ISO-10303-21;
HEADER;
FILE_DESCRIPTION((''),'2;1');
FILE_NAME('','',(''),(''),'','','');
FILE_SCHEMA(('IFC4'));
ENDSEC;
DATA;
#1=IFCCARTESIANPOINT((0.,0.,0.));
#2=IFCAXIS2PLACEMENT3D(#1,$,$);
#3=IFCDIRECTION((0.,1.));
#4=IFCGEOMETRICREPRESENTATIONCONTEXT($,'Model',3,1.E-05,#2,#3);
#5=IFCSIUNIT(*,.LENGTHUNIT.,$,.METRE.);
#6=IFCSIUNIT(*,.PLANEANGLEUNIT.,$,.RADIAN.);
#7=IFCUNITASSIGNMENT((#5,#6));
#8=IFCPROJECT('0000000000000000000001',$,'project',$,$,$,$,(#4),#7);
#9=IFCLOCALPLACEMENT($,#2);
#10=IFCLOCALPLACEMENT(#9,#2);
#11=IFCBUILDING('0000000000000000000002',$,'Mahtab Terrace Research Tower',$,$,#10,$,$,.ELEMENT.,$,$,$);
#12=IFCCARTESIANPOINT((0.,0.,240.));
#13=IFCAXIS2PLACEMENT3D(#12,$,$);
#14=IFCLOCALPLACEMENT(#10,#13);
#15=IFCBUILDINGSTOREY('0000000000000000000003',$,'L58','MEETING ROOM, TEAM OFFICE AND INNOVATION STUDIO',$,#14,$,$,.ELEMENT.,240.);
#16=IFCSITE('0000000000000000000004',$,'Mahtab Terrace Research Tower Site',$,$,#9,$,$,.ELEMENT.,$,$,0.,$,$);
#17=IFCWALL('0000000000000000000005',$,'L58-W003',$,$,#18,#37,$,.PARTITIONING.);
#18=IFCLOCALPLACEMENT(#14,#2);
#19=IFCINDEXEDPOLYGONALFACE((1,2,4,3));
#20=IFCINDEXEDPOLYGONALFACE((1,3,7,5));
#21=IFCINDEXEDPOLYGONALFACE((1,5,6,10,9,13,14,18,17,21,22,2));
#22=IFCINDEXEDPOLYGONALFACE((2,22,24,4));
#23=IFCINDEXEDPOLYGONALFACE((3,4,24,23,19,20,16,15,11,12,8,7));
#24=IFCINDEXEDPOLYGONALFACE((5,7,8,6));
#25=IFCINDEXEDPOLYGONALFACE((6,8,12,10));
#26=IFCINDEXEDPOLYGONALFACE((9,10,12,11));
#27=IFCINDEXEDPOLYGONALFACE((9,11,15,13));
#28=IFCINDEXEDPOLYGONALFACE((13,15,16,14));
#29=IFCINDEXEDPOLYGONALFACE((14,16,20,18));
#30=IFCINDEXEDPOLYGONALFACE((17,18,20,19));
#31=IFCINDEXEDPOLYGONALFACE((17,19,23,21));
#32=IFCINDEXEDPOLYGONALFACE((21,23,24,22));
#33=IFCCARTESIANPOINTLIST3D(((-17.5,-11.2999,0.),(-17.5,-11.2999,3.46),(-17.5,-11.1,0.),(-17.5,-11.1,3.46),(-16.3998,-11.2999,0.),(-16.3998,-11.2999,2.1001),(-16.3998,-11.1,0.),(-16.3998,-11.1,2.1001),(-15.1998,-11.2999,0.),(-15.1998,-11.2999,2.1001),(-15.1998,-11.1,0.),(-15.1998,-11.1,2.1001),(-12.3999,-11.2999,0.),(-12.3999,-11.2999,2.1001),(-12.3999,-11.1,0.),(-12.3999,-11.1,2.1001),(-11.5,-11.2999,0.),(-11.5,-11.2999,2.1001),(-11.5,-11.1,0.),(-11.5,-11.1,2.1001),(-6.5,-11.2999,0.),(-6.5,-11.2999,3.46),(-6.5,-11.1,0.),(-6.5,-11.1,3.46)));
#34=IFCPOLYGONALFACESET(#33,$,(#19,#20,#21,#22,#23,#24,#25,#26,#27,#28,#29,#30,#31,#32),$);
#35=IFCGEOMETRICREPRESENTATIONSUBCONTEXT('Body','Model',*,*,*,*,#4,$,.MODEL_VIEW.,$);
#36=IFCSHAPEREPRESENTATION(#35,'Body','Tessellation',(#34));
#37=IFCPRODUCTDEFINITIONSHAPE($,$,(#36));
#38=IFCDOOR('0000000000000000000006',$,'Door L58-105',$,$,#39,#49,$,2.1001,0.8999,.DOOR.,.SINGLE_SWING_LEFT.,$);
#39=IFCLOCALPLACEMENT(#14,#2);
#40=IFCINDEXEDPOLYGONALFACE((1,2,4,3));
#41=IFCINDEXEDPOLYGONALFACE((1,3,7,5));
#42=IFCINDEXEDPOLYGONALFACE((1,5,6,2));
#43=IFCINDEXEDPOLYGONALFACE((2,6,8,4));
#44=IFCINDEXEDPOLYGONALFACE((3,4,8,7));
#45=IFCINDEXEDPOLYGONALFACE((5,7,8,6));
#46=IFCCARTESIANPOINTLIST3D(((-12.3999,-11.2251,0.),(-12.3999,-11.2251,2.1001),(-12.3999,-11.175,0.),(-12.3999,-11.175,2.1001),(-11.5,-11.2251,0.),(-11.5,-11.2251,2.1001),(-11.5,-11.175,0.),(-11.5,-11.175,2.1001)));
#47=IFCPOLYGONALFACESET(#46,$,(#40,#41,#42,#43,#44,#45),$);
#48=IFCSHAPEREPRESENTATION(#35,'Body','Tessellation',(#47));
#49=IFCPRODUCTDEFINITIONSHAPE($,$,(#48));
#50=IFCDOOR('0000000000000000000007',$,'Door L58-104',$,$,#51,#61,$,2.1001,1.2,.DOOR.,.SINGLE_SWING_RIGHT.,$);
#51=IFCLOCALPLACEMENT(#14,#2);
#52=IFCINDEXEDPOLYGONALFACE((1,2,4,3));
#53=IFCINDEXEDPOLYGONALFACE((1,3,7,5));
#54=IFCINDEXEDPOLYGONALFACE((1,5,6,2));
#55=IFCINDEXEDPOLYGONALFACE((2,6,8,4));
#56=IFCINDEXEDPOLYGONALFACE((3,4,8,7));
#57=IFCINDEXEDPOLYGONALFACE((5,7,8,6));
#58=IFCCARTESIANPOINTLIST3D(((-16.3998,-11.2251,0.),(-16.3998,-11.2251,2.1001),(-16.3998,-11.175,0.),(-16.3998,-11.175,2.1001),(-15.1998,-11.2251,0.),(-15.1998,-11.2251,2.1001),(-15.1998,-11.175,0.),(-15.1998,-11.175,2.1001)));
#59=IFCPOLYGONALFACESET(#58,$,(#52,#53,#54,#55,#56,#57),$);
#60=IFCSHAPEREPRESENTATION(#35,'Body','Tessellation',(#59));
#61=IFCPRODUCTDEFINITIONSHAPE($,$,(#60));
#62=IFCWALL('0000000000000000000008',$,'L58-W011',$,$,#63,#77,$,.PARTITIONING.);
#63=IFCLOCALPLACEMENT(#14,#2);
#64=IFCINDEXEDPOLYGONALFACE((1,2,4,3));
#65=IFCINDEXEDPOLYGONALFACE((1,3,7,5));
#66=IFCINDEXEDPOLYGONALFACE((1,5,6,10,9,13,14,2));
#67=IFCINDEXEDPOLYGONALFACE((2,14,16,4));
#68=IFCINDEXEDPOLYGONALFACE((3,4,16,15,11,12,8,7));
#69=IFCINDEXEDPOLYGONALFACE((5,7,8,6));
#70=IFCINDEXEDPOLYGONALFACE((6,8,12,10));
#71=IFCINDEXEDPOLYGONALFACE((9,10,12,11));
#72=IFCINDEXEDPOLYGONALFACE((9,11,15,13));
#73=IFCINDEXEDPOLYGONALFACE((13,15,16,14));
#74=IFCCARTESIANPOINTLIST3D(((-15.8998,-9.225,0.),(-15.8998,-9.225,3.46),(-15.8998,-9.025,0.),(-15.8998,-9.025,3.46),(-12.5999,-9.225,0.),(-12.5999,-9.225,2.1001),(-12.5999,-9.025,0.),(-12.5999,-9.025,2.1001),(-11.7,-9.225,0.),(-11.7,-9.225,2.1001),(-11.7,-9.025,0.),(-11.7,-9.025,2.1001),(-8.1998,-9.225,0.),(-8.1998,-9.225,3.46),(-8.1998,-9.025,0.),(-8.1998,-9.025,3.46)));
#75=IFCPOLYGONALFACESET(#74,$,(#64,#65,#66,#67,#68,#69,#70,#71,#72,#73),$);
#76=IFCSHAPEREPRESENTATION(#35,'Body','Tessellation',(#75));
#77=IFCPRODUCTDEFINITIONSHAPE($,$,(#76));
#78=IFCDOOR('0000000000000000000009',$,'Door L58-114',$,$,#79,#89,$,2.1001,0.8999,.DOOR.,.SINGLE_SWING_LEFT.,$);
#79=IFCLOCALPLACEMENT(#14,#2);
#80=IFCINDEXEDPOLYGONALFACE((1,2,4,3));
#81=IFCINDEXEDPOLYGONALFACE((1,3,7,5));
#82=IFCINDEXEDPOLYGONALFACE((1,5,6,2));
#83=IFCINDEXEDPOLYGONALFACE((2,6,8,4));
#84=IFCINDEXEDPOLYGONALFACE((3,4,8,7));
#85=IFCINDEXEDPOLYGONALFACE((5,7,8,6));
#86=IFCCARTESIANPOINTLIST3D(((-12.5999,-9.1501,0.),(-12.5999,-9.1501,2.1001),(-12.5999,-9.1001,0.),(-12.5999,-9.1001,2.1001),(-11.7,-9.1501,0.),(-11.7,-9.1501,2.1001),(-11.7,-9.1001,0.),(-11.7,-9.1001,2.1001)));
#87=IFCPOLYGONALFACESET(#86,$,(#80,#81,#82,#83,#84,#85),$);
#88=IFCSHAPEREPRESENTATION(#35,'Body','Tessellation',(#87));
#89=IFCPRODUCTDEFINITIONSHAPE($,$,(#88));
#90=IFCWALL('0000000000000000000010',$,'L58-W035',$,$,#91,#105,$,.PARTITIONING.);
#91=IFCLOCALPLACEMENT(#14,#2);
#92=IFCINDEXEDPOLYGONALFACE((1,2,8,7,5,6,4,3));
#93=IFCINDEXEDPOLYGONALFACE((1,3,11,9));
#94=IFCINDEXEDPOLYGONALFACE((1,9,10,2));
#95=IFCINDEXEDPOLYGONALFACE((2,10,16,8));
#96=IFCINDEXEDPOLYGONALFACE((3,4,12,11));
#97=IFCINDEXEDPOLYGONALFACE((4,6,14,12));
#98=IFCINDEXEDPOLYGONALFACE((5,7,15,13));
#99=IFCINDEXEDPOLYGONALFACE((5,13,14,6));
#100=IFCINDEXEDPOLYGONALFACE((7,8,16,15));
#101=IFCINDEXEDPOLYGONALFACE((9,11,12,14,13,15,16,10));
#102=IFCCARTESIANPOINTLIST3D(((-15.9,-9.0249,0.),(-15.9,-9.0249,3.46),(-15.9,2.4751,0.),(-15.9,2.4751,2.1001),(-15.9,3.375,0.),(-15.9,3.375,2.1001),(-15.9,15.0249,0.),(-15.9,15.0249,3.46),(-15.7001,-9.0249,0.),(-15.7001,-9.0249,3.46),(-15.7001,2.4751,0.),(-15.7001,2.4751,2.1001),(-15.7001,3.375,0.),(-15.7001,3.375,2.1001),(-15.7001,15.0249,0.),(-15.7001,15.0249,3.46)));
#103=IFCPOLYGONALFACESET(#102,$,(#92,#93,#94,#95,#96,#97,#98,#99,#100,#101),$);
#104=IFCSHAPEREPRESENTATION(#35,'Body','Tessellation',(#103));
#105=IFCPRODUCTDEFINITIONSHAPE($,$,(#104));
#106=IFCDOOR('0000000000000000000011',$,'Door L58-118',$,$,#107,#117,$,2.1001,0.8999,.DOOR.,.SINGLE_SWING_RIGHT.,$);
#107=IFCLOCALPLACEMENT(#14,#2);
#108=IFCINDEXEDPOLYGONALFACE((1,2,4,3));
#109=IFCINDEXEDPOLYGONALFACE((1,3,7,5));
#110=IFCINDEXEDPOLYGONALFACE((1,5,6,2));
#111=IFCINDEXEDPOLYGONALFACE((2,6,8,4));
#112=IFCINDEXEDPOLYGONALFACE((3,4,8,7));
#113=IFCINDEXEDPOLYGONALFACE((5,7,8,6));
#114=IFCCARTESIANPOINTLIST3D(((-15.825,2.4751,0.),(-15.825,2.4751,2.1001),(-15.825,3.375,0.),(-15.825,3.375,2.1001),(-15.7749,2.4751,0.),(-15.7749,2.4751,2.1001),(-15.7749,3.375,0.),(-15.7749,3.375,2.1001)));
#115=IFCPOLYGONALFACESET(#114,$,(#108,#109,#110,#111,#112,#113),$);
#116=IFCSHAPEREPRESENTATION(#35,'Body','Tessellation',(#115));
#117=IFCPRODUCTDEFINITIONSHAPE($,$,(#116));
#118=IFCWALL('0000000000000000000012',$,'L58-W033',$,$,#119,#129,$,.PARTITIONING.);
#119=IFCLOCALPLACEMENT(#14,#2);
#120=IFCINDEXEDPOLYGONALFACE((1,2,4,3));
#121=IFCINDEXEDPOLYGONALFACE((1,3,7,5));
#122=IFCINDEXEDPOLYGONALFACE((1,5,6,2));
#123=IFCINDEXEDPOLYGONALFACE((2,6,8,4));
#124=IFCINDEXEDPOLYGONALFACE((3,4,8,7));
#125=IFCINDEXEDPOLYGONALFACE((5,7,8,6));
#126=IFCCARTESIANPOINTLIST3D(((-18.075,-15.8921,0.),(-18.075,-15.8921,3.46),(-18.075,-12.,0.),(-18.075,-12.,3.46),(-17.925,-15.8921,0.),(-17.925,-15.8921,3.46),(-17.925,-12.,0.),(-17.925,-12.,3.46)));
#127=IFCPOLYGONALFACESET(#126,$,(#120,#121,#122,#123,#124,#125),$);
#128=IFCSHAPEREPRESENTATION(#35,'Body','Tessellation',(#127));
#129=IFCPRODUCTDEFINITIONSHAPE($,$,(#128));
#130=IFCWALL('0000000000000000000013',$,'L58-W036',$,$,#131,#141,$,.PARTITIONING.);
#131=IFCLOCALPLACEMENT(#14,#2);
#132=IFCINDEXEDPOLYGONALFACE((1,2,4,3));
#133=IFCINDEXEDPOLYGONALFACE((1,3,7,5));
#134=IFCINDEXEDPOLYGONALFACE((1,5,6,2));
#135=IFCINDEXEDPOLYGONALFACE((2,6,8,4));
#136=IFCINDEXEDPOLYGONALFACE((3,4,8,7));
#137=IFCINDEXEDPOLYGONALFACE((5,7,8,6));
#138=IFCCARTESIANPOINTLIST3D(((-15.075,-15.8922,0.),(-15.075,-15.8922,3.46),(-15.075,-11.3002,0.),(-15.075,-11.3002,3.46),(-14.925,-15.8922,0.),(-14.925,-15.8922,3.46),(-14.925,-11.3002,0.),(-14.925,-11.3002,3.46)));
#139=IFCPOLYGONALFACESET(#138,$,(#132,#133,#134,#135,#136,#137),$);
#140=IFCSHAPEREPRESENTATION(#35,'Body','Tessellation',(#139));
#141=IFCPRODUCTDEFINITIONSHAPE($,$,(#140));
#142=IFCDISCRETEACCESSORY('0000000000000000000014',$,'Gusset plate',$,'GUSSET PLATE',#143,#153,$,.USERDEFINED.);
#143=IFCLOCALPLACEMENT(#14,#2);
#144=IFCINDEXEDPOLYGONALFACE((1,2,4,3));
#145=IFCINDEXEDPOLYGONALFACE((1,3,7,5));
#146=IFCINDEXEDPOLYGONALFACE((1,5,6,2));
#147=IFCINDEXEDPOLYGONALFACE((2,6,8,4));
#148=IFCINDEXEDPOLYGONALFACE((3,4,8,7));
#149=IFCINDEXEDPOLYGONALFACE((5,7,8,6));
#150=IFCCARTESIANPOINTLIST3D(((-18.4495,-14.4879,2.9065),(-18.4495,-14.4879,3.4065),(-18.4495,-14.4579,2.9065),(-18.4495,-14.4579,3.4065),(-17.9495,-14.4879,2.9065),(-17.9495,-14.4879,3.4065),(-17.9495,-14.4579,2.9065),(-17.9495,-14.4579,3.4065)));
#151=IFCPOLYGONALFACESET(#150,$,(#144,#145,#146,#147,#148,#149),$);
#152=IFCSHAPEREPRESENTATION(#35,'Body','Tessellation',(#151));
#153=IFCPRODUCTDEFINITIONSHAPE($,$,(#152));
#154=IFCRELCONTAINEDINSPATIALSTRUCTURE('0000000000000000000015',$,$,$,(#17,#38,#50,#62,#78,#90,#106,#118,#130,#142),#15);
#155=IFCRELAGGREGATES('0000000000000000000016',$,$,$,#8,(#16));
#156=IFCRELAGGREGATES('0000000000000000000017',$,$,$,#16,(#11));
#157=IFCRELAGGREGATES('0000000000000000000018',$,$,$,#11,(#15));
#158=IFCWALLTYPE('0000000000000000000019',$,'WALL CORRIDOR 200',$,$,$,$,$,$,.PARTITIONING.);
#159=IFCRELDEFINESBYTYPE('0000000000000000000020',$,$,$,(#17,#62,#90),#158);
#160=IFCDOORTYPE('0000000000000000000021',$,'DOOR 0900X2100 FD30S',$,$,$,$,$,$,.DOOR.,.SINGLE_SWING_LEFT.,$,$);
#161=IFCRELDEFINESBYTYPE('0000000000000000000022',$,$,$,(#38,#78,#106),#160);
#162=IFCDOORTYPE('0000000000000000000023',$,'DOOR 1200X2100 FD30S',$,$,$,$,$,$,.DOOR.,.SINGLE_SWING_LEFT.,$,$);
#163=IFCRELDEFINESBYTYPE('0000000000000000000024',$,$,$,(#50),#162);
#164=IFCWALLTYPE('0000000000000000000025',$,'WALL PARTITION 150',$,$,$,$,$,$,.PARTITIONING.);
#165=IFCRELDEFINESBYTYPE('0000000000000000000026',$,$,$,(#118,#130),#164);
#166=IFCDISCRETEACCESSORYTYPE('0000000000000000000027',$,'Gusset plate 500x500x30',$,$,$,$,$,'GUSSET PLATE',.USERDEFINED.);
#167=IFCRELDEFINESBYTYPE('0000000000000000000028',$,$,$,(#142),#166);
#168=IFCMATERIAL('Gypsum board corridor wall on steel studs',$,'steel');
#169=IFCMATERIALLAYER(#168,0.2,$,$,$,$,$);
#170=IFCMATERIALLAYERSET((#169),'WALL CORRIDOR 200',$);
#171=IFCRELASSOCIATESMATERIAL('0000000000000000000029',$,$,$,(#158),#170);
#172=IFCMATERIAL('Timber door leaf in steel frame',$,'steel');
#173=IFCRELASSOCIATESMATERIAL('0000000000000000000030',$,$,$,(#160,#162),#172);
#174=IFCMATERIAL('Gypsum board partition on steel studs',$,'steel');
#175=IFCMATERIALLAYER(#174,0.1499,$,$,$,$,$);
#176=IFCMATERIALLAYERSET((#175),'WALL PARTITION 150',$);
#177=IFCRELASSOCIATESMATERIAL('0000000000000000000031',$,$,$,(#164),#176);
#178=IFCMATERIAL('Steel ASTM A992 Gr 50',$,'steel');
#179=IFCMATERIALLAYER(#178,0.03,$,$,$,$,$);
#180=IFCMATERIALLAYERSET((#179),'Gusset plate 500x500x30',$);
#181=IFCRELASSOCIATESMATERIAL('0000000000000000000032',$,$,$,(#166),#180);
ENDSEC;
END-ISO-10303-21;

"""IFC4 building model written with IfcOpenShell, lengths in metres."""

from ifc_helpers import new_model, si_unit, direction, frame, frame_2d, origin, origin_2d, place, context, subcontext, project, spatial, rectangle, extrude, material, layer, layer_set, type_object, element, fill, save


model = new_model("IFC4")

# Units and contexts
model_context = context("Model", 3, precision=1e-05, world=origin(), true_north=direction((0.0, 1.0)))
body_context = subcontext(model_context, "Body", "Model", "MODEL_VIEW")
ifc_project = project(units=[si_unit("LENGTHUNIT", "METRE"), si_unit("PLANEANGLEUNIT", "RADIAN")], contexts=[model_context])

# Site, building, storey
site_placement = place(None, origin())
site = spatial("IfcSite", under=ifc_project, at=site_placement, Name="Mahtab Terrace Research Tower Site", CompositionType="ELEMENT", RefElevation=0.0)
building_placement = place(site_placement, origin())
building = spatial("IfcBuilding", under=site, at=building_placement, Name="Mahtab Terrace Research Tower", CompositionType="ELEMENT")
storey_placement = place(building_placement, frame((0.0, 0.0, 240.0)))
storey = spatial("IfcBuildingStorey", under=building, at=storey_placement, Name="L58", Description="MEETING ROOM, TEAM OFFICE AND INNOVATION STUDIO", CompositionType="ELEMENT", Elevation=240.0)

# Shared definitions
ifc_material_1 = material(Name="Steel ASTM A992 Gr 50", Category="steel")

# Wall, openings, doors
ifc_material_2 = material(Name="Gypsum board corridor wall on steel studs", Category="steel")
ifc_layer_1 = layer(ifc_material_2, 0.2)
ifc_layer_set_1 = layer_set([ifc_layer_1], Name="WALL CORRIDOR 200")
wall_type_1 = type_object("IfcWallType", Name="WALL CORRIDOR 200", PredefinedType="PARTITIONING", material=ifc_layer_set_1)
wall_1_placement = place(storey_placement, frame((-17.5, -11.2, 0.0), z_axis=(0.0, 0.0, 1.0), x_axis=(1.0, 0.0, 0.0)))
wall_1 = element("IfcWall", 1, at=wall_1_placement, inside=storey, type_object=wall_type_1, Name="L58-W003", PredefinedType="PARTITIONING", context=body_context, shape_type="SweptSolid", body=[
    extrude(rectangle(XDim=11.0, YDim=0.2, at=frame_2d((5.5, 0.0))), origin(), (0.0, 0.0, 1.0), 3.46),
])
opening_1_placement = place(wall_1_placement, frame((1.1001, 0.0, 0.0)))
opening_1 = element("IfcOpeningElement", 2, at=opening_1_placement, cuts=wall_1, PredefinedType="OPENING", context=body_context, shape_type="SweptSolid", body=[
    extrude(rectangle(XDim=1.2, YDim=2.1001, at=frame_2d((0.6001, 1.05))), frame((0.0, 0.1099, 0.0), z_axis=(0.0, -1.0, 0.0), x_axis=(1.0, 0.0, 0.0)), (0.0, 0.0, 1.0), 0.22),
])
opening_2_placement = place(wall_1_placement, frame((5.1001, 0.0, 0.0)))
opening_2 = element("IfcOpeningElement", 3, at=opening_2_placement, cuts=wall_1, PredefinedType="OPENING", context=body_context, shape_type="SweptSolid", body=[
    extrude(rectangle(XDim=0.8999, YDim=2.1001, at=frame_2d((0.45, 1.05))), frame((0.0, 0.1099, 0.0), z_axis=(0.0, -1.0, 0.0), x_axis=(1.0, 0.0, 0.0)), (0.0, 0.0, 1.0), 0.22),
])
ifc_material_3 = material(Name="Timber door leaf in steel frame", Category="steel")
door_type_1 = type_object("IfcDoorType", Name="DOOR 0900X2100 FD30S", OperationType="SINGLE_SWING_LEFT", PredefinedType="DOOR", material=ifc_material_3)
door_1_placement = place(opening_2_placement, origin())
door_1 = element("IfcDoor", 4, at=door_1_placement, inside=storey, type_object=door_type_1, Name="Door L58-105", OperationType="SINGLE_SWING_LEFT", OverallHeight=2.1001, OverallWidth=0.8999, PredefinedType="DOOR", context=body_context, shape_type="SweptSolid", body=[
    extrude(rectangle(XDim=0.8999, YDim=2.1001, at=frame_2d((0.45, 1.05))), frame((0.0, 0.0249, 0.0), z_axis=(0.0, -1.0, 0.0), x_axis=(1.0, 0.0, 0.0)), (0.0, 0.0, 1.0), 0.05),
])
fill(opening_2, door_1)
door_type_2 = type_object("IfcDoorType", Name="DOOR 1200X2100 FD30S", OperationType="SINGLE_SWING_LEFT", PredefinedType="DOOR", material=ifc_material_3)
door_2_placement = place(opening_1_placement, origin())
door_2 = element("IfcDoor", 5, at=door_2_placement, inside=storey, type_object=door_type_2, Name="Door L58-104", OperationType="SINGLE_SWING_RIGHT", OverallHeight=2.1001, OverallWidth=1.2, PredefinedType="DOOR", context=body_context, shape_type="SweptSolid", body=[
    extrude(rectangle(XDim=1.2, YDim=2.1001, at=frame_2d((0.6001, 1.05))), frame((0.0, 0.0249, 0.0), z_axis=(0.0, -1.0, 0.0), x_axis=(1.0, 0.0, 0.0)), (0.0, 0.0, 1.0), 0.05),
])
fill(opening_1, door_2)

# Walls, openings, doors
wall_2_placement = place(storey_placement, frame((-15.8999, -9.125, 0.0), z_axis=(0.0, 0.0, 1.0), x_axis=(1.0, 0.0, 0.0)))
wall_2 = element("IfcWall", 6, at=wall_2_placement, inside=storey, type_object=wall_type_1, Name="L58-W011", PredefinedType="PARTITIONING", context=body_context, shape_type="SweptSolid", body=[
    extrude(rectangle(XDim=7.7, YDim=0.2, at=frame_2d((3.8501, 0.0))), origin(), (0.0, 0.0, 1.0), 3.46),
])
opening_3_placement = place(wall_2_placement, frame((3.3, 0.0, 0.0)))
opening_3 = element("IfcOpeningElement", 7, at=opening_3_placement, cuts=wall_2, PredefinedType="OPENING", context=body_context, shape_type="SweptSolid", body=[
    extrude(rectangle(XDim=0.8999, YDim=2.1001, at=frame_2d((0.45, 1.05))), frame((0.0, 0.1099, 0.0), z_axis=(0.0, -1.0, 0.0), x_axis=(1.0, 0.0, 0.0)), (0.0, 0.0, 1.0), 0.22),
])
door_3_placement = place(opening_3_placement, origin())
door_3 = element("IfcDoor", 8, at=door_3_placement, inside=storey, type_object=door_type_1, Name="Door L58-114", OperationType="SINGLE_SWING_LEFT", OverallHeight=2.1001, OverallWidth=0.8999, PredefinedType="DOOR", context=body_context, shape_type="SweptSolid", body=[
    extrude(rectangle(XDim=0.8999, YDim=2.1001, at=frame_2d((0.45, 1.05))), frame((0.0, 0.0249, 0.0), z_axis=(0.0, -1.0, 0.0), x_axis=(1.0, 0.0, 0.0)), (0.0, 0.0, 1.0), 0.05),
])
fill(opening_3, door_3)
wall_3_placement = place(storey_placement, frame((-15.8, -9.0249, 0.0), z_axis=(0.0, 0.0, 1.0), x_axis=(0.0, 1.0, 0.0)))
wall_3 = element("IfcWall", 9, at=wall_3_placement, inside=storey, type_object=wall_type_1, Name="L58-W035", PredefinedType="PARTITIONING", context=body_context, shape_type="SweptSolid", body=[
    extrude(rectangle(XDim=24.0498, YDim=0.2, at=frame_2d((12.0249, 0.0))), origin(), (0.0, 0.0, 1.0), 3.46),
])
opening_4_placement = place(wall_3_placement, frame((11.5, 0.0, 0.0)))
opening_4 = element("IfcOpeningElement", 10, at=opening_4_placement, cuts=wall_3, PredefinedType="OPENING", context=body_context, shape_type="SweptSolid", body=[
    extrude(rectangle(XDim=0.8999, YDim=2.1001, at=frame_2d((0.45, 1.05))), frame((0.0, 0.1099, 0.0), z_axis=(0.0, -1.0, 0.0), x_axis=(1.0, 0.0, 0.0)), (0.0, 0.0, 1.0), 0.22),
])
door_4_placement = place(opening_4_placement, origin())
door_4 = element("IfcDoor", 11, at=door_4_placement, inside=storey, type_object=door_type_1, Name="Door L58-118", OperationType="SINGLE_SWING_RIGHT", OverallHeight=2.1001, OverallWidth=0.8999, PredefinedType="DOOR", context=body_context, shape_type="SweptSolid", body=[
    extrude(rectangle(XDim=0.8999, YDim=2.1001, at=frame_2d((0.45, 1.05))), frame((0.0, 0.0249, 0.0), z_axis=(0.0, -1.0, 0.0), x_axis=(1.0, 0.0, 0.0)), (0.0, 0.0, 1.0), 0.05),
])
fill(opening_4, door_4)

# Walls
ifc_material_4 = material(Name="Gypsum board partition on steel studs", Category="steel")
ifc_layer_2 = layer(ifc_material_4, 0.1499)
ifc_layer_set_2 = layer_set([ifc_layer_2], Name="WALL PARTITION 150")
wall_type_2 = type_object("IfcWallType", Name="WALL PARTITION 150", PredefinedType="PARTITIONING", material=ifc_layer_set_2)
wall_4_placement = place(storey_placement, frame((-18.0, -15.8921, 0.0), z_axis=(0.0, 0.0, 1.0), x_axis=(0.0, 1.0, 0.0)))
element("IfcWall", 12, at=wall_4_placement, inside=storey, type_object=wall_type_2, Name="L58-W033", PredefinedType="PARTITIONING", context=body_context, shape_type="SweptSolid", body=[
    extrude(rectangle(XDim=3.8921, YDim=0.1499, at=frame_2d((1.946, 0.0))), origin(), (0.0, 0.0, 1.0), 3.46),
])
wall_5_placement = place(storey_placement, frame((-15.0, -15.8921, 0.0), z_axis=(0.0, 0.0, 1.0), x_axis=(0.0, 1.0, 0.0)))
element("IfcWall", 13, at=wall_5_placement, inside=storey, type_object=wall_type_2, Name="L58-W036", PredefinedType="PARTITIONING", context=body_context, shape_type="SweptSolid", body=[
    extrude(rectangle(XDim=4.592, YDim=0.1499, at=frame_2d((2.2959, 0.0))), origin(), (0.0, 0.0, 1.0), 3.46),
])

# Discrete accessory
ifc_layer_3 = layer(ifc_material_1, 0.03)
ifc_layer_set_3 = layer_set([ifc_layer_3], Name="Gusset plate 500x500x30")
discrete_accessory_type = type_object("IfcDiscreteAccessoryType", Name="Gusset plate 500x500x30", ElementType="GUSSET PLATE", PredefinedType="USERDEFINED", material=ifc_layer_set_3)
discrete_accessory_placement = place(storey_placement, frame((-18.1995, -14.4729, 2.9065), z_axis=(0.0, 0.0, 1.0), x_axis=(1.0, 0.0, 0.0)))
element("IfcDiscreteAccessory", 14, at=discrete_accessory_placement, inside=storey, type_object=discrete_accessory_type, Name="Gusset plate", ObjectType="GUSSET PLATE", PredefinedType="USERDEFINED", context=body_context, shape_type="SweptSolid", body=[
    extrude(rectangle(XDim=0.5, YDim=0.03, at=origin_2d()), origin(), (0.0, 0.0, 1.0), 0.5),
])

save(model, "model.ifc")
